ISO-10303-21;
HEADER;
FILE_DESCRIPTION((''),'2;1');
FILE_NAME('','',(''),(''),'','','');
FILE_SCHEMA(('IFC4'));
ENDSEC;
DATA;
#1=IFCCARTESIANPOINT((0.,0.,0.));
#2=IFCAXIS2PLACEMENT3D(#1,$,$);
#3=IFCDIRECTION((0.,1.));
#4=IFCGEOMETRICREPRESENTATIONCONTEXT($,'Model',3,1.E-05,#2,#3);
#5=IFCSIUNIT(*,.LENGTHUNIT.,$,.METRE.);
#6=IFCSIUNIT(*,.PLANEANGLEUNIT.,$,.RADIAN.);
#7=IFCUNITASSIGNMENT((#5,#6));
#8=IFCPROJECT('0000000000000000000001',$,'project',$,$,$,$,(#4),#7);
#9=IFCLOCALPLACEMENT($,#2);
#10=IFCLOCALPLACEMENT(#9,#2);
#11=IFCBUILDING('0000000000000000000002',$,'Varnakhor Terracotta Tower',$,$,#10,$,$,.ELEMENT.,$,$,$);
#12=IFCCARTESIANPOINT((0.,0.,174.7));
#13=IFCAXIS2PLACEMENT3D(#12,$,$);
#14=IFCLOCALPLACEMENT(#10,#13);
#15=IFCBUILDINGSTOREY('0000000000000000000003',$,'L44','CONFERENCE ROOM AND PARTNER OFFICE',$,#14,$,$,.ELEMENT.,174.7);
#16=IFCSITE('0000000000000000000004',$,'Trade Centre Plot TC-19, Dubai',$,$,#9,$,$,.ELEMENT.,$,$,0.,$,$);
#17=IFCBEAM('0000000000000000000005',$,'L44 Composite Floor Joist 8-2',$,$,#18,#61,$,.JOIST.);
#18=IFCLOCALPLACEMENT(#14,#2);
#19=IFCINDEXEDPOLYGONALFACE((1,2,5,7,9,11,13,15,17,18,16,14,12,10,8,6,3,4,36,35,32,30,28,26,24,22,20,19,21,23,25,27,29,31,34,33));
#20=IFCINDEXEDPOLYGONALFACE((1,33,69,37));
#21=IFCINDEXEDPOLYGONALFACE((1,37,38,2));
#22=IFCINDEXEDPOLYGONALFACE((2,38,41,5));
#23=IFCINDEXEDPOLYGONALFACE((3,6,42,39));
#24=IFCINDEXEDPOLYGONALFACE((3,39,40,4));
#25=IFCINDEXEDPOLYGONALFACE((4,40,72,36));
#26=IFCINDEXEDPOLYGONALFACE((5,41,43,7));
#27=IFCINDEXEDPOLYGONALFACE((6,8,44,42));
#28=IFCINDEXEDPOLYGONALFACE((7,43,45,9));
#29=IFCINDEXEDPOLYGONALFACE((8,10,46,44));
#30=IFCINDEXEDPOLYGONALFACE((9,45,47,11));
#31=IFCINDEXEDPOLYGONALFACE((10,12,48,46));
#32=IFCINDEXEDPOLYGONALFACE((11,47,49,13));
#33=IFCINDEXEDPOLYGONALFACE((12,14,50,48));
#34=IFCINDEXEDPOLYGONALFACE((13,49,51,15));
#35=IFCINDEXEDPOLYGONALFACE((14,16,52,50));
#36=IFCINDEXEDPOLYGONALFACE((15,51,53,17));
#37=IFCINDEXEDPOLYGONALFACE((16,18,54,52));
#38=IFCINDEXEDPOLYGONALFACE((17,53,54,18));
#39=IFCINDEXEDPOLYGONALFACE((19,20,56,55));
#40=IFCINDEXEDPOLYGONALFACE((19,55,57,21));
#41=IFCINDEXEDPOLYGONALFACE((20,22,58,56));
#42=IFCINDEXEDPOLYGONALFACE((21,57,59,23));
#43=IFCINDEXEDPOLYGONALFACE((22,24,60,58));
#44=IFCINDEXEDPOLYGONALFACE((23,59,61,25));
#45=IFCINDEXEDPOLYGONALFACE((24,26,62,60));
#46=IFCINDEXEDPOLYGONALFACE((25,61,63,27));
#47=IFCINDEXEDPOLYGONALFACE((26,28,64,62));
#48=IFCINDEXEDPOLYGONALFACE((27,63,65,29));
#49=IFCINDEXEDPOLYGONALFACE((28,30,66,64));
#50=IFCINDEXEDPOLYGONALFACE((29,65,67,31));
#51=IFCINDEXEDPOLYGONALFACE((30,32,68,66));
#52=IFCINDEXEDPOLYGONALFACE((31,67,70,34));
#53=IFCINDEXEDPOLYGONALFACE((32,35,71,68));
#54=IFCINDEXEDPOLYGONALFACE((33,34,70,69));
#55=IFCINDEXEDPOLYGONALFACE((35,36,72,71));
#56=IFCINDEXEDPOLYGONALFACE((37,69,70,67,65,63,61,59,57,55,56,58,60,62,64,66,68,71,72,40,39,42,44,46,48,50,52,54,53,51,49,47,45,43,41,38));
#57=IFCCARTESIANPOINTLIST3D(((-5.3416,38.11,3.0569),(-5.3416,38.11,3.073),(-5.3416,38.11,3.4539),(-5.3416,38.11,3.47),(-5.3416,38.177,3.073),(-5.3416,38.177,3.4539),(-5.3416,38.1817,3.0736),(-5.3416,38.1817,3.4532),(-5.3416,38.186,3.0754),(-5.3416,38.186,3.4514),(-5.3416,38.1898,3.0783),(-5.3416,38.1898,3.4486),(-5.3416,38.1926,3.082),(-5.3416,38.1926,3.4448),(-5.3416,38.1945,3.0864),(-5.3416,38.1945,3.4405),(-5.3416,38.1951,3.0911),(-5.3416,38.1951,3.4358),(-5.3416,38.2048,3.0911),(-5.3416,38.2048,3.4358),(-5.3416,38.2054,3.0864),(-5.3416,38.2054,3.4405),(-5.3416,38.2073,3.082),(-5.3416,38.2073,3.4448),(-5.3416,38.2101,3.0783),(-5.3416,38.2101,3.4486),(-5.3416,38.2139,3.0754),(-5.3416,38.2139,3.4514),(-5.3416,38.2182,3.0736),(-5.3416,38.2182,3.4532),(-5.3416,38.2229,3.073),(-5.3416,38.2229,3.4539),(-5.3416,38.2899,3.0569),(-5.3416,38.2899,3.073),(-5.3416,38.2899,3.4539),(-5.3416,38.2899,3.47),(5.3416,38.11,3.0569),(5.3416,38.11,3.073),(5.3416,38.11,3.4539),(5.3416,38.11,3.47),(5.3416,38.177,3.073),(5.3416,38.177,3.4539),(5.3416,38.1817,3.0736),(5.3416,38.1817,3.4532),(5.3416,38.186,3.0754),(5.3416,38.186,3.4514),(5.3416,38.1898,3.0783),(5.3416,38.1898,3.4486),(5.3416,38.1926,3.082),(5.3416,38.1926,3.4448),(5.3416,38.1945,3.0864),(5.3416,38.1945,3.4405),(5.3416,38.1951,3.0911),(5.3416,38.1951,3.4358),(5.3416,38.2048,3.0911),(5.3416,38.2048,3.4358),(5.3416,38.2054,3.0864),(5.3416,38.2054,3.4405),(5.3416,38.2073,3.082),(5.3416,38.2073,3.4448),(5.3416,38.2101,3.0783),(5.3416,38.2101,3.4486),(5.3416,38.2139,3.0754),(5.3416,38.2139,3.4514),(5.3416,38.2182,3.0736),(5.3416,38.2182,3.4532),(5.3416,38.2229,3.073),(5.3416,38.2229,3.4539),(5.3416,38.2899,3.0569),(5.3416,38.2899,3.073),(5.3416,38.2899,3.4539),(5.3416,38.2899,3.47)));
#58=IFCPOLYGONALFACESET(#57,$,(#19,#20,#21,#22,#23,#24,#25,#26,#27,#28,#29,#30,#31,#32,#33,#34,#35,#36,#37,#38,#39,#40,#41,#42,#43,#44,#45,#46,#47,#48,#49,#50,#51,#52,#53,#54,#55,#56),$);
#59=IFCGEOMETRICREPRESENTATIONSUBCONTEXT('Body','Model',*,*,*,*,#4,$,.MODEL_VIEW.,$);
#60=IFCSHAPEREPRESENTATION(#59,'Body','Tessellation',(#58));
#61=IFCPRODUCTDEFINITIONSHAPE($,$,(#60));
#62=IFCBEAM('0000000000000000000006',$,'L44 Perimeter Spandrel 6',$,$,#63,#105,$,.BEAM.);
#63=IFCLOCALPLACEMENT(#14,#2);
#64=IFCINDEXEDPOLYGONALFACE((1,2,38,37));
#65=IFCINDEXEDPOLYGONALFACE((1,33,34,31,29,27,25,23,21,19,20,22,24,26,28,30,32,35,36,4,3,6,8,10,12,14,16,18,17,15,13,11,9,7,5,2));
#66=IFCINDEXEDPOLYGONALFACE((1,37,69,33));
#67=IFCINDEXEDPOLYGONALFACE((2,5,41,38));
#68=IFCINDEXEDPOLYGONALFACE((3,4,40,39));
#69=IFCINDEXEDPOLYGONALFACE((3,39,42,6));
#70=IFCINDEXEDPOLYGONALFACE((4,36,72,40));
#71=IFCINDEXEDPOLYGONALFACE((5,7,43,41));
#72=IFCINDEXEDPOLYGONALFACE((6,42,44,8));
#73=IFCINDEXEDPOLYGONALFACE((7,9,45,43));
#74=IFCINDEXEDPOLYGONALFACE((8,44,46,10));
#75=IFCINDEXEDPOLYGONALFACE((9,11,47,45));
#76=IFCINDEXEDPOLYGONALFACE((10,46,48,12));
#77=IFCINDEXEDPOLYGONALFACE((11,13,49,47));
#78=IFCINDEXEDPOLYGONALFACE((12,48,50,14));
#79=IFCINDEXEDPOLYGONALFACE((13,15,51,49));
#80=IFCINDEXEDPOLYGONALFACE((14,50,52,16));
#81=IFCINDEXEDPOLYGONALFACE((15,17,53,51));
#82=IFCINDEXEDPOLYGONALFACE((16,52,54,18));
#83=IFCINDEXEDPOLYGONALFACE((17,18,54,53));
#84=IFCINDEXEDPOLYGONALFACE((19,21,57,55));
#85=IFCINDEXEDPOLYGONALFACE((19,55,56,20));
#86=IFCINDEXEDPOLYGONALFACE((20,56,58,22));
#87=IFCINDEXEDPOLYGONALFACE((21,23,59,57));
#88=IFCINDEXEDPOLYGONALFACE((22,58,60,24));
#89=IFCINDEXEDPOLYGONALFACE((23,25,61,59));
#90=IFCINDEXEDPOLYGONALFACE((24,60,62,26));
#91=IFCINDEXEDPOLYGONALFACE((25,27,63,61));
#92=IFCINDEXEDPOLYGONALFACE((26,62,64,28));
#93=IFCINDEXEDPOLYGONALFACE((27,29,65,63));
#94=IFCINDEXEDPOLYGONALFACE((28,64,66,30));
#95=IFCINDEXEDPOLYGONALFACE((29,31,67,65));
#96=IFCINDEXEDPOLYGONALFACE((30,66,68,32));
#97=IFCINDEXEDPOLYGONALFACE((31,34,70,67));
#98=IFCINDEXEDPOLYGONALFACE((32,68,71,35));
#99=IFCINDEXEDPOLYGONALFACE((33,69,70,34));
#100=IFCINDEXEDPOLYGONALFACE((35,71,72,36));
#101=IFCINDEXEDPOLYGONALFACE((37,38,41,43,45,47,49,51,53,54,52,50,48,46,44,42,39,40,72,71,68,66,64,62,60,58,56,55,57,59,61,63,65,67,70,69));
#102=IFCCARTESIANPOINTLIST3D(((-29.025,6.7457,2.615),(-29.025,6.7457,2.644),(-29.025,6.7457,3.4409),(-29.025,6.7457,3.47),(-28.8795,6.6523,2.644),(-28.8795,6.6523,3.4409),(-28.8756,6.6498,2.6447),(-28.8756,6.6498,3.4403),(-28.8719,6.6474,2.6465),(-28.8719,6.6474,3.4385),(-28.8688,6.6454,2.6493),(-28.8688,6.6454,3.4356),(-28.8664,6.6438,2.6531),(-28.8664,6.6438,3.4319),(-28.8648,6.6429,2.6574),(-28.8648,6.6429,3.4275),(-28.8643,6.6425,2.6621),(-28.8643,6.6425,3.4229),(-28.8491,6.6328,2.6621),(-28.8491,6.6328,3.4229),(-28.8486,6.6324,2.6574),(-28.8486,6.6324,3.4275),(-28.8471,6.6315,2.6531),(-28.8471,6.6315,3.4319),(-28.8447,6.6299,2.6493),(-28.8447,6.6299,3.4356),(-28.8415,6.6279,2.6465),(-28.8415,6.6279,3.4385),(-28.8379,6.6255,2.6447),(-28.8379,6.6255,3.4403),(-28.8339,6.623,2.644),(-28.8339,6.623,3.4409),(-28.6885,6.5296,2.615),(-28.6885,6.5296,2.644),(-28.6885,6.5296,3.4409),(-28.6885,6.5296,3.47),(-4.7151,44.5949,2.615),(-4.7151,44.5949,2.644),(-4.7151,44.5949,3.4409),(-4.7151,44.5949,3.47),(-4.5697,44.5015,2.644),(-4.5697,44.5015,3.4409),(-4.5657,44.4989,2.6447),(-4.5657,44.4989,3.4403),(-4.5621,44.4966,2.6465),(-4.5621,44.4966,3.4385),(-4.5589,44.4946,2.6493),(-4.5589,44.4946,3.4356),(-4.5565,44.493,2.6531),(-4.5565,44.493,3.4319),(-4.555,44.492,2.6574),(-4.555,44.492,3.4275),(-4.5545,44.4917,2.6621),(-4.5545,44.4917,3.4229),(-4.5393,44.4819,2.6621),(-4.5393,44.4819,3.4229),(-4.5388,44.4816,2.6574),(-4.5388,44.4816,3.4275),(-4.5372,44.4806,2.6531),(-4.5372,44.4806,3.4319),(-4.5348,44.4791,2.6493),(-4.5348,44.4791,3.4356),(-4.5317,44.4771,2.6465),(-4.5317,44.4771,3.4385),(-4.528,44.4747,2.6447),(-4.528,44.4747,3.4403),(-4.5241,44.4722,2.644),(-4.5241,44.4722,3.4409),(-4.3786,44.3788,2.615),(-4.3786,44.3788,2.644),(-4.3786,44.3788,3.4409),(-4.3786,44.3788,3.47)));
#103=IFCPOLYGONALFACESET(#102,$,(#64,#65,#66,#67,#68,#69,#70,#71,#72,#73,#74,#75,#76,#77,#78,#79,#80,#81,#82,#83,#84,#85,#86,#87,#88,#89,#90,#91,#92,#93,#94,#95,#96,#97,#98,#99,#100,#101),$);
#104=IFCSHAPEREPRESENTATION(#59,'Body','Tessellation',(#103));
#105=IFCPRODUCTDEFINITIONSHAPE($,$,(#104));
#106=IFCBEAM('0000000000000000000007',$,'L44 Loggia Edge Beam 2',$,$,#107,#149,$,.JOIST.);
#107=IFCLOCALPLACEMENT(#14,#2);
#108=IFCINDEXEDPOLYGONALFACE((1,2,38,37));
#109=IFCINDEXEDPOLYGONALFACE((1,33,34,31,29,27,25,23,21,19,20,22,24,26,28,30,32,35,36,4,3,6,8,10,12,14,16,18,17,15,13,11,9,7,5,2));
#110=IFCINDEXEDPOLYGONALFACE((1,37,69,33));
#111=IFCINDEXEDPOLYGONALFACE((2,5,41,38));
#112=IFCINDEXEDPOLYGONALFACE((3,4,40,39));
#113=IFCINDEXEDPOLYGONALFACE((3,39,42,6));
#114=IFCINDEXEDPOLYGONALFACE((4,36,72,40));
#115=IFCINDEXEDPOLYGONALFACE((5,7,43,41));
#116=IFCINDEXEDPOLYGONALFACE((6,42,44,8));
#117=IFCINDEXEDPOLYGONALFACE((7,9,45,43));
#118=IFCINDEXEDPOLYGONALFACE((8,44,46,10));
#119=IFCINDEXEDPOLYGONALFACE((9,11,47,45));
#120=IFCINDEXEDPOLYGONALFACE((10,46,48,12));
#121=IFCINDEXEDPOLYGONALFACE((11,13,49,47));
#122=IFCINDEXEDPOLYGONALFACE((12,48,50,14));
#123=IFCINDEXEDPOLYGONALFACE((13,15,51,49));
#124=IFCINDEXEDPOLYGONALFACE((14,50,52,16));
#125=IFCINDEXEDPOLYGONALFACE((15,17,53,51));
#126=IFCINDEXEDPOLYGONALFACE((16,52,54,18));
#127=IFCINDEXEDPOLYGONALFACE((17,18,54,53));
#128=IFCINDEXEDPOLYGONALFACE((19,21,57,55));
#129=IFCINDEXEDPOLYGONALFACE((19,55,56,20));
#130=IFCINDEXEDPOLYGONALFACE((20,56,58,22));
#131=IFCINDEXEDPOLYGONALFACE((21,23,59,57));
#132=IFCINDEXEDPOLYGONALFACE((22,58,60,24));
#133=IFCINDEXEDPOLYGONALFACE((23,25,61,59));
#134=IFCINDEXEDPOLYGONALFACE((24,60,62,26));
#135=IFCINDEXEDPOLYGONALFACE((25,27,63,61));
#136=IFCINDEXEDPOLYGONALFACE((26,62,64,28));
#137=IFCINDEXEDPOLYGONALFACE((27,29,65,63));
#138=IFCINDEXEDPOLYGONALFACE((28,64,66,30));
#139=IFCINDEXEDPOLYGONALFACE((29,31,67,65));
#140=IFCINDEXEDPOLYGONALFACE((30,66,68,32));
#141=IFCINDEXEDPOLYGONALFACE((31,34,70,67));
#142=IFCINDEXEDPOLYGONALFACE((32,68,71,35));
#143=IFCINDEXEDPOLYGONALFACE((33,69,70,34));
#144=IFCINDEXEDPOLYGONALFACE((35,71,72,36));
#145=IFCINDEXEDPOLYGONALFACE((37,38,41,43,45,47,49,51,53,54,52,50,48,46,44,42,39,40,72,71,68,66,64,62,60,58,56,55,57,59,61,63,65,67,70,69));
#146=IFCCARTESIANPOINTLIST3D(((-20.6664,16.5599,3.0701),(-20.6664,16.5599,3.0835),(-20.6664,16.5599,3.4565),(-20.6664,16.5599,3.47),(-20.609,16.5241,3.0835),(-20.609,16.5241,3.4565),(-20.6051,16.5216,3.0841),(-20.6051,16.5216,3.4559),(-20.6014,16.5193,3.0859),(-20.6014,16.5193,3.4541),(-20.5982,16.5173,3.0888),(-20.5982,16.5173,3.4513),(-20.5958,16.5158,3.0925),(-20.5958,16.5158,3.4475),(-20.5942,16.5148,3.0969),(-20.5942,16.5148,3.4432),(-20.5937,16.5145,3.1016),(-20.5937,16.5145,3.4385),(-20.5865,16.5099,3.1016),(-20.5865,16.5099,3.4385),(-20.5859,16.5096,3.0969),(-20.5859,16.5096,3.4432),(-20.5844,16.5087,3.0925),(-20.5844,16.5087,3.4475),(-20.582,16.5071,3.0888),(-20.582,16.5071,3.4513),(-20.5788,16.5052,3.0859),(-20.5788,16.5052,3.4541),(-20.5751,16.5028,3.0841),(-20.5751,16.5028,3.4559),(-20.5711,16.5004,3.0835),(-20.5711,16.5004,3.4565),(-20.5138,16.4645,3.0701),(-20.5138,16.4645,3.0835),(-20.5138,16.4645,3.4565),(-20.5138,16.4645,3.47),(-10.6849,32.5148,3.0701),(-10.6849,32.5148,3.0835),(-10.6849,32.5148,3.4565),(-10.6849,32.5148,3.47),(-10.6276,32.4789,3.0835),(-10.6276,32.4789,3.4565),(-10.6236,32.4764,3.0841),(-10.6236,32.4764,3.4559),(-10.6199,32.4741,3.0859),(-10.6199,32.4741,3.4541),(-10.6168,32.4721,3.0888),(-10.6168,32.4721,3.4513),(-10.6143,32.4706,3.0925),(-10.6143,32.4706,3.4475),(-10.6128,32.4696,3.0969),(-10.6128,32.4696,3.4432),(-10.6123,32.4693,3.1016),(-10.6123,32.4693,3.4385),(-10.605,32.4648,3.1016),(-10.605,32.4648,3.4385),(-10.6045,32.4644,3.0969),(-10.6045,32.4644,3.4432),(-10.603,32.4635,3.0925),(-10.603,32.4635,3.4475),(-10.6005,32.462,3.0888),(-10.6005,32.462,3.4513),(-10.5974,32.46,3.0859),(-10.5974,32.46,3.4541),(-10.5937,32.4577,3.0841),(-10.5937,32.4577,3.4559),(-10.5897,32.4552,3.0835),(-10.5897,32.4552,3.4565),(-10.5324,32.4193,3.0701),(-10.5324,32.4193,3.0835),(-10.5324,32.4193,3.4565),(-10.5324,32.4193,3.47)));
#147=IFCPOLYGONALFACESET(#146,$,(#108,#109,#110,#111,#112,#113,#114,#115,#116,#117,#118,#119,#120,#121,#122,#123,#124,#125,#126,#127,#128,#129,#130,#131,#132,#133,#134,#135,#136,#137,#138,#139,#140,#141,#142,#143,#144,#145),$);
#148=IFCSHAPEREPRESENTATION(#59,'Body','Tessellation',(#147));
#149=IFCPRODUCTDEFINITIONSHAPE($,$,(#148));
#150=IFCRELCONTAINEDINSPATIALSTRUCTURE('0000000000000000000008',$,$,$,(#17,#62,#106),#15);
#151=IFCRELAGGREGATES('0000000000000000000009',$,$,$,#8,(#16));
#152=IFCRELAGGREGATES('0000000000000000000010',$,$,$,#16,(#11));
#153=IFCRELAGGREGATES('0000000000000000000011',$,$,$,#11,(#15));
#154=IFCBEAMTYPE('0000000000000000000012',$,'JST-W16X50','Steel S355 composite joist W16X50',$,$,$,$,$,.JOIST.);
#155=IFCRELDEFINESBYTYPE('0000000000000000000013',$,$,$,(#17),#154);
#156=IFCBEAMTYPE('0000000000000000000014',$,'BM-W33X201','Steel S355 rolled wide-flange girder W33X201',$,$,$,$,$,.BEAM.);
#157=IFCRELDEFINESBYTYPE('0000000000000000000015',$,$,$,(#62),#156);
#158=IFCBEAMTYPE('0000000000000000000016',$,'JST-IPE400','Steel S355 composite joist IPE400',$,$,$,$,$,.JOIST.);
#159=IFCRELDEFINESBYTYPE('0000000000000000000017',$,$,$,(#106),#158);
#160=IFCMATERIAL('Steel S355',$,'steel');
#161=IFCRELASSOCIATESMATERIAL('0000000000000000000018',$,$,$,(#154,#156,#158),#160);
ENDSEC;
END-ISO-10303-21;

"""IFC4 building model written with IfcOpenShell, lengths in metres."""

from ifc_helpers import new_model, si_unit, direction, frame, origin, origin_2d, place, context, subcontext, project, spatial, i_section, extrude, source, transform, mapped, material, material_profile, profile_set, type_object, element, save


model = new_model("IFC4")

# Units and contexts
model_context = context("Model", 3, precision=1e-05, world=origin(), true_north=direction((0.0, 1.0)))
body_context = subcontext(model_context, "Body", "Model", "MODEL_VIEW")
ifc_project = project(units=[si_unit("LENGTHUNIT", "METRE"), si_unit("PLANEANGLEUNIT", "RADIAN")], contexts=[model_context])

# Site, building, storey
site_placement = place(None, origin())
site = spatial("IfcSite", under=ifc_project, at=site_placement, Name="Trade Centre Plot TC-19, Dubai", CompositionType="ELEMENT", RefElevation=0.0)
building_placement = place(site_placement, origin())
building = spatial("IfcBuilding", under=site, at=building_placement, Name="Varnakhor Terracotta Tower", CompositionType="ELEMENT")
storey_placement = place(building_placement, frame((0.0, 0.0, 174.7)))
storey = spatial("IfcBuildingStorey", under=building, at=storey_placement, Name="L44", Description="CONFERENCE ROOM AND PARTNER OFFICE", CompositionType="ELEMENT", Elevation=174.7)

# Beams
ifc_material_1 = material(Name="Steel S355", Category="steel")
ifc_material_profile_1 = material_profile(ifc_material_1, i_section(OverallWidth=0.1799, OverallDepth=0.4131, WebThickness=0.0098, FlangeThickness=0.0161, FilletRadius=0.0181, at=origin_2d()), Name="W16X50")
ifc_profile_set_1 = profile_set([ifc_material_profile_1], Name="Steel S355")
beam_type_1 = type_object("IfcBeamType", Name="JST-W16X50", Description="Steel S355 composite joist W16X50", PredefinedType="JOIST", material=ifc_profile_set_1)
shared_shape_1 = source(origin(), body_context, "Body", "SweptSolid", [
    extrude(i_section(OverallWidth=0.1799, OverallDepth=0.4131, WebThickness=0.0098, FlangeThickness=0.0161, FilletRadius=0.0181, at=origin_2d()), origin(), (0.0, 0.0, 1.0), 10.6831),
])
for number, where, z_axis, x_axis, name in (
    (1, (-5.3416, 38.2, 3.2634), (1.0, 0.0, 0.0), (0.0, 1.0, 0.0), "L44 Composite Floor Joist 8-2"),
):
    element("IfcBeam", number, at=place(storey_placement, frame(where, z_axis=z_axis, x_axis=x_axis)), inside=storey, type_object=beam_type_1, Name=name, PredefinedType="JOIST", context=body_context, shape_type="MappedRepresentation", body=[
        mapped(shared_shape_1, transform((0.0, 0.0, 0.0), scale=1.0)),
    ])
ifc_material_profile_2 = material_profile(ifc_material_1, i_section(OverallWidth=0.3999, OverallDepth=0.855, WebThickness=0.0181, FlangeThickness=0.0291, FilletRadius=0.0181, at=origin_2d()), Name="W33X201")
ifc_profile_set_2 = profile_set([ifc_material_profile_2], Name="Steel S355")
beam_type_2 = type_object("IfcBeamType", Name="BM-W33X201", Description="Steel S355 rolled wide-flange girder W33X201", PredefinedType="BEAM", material=ifc_profile_set_2)
shared_shape_2 = source(origin(), body_context, "Body", "SweptSolid", [
    extrude(i_section(OverallWidth=0.3999, OverallDepth=0.855, WebThickness=0.0181, FlangeThickness=0.0291, FilletRadius=0.0181, at=origin_2d()), origin(), (0.0, 0.0, 1.0), 44.9836),
])
beam_1_placement = place(storey_placement, frame((-4.5469, 44.4868, 3.0425), z_axis=(-0.540415, -0.841398, 0.0), x_axis=(0.841398, -0.540415, 0.0)))
element("IfcBeam", 2, at=beam_1_placement, inside=storey, type_object=beam_type_2, Name="L44 Perimeter Spandrel 6", PredefinedType="BEAM", context=body_context, shape_type="MappedRepresentation", body=[
    mapped(shared_shape_2, transform((0.0, 0.0, 0.0), scale=1.0)),
])
ifc_material_profile_3 = material_profile(ifc_material_1, i_section(OverallWidth=0.1799, OverallDepth=0.3999, WebThickness=0.0085, FlangeThickness=0.0134, FilletRadius=0.0181, at=origin_2d()), Name="IPE400")
ifc_profile_set_3 = profile_set([ifc_material_profile_3], Name="Steel S355")
beam_type_3 = type_object("IfcBeamType", Name="JST-IPE400", Description="Steel S355 composite joist IPE400", PredefinedType="JOIST", material=ifc_profile_set_3)
shared_shape_3 = source(origin(), body_context, "Body", "SweptSolid", [
    extrude(i_section(OverallWidth=0.1799, OverallDepth=0.3999, WebThickness=0.0085, FlangeThickness=0.0134, FilletRadius=0.0181, at=origin_2d()), origin(), (0.0, 0.0, 1.0), 18.8198),
])
beam_2_placement = place(storey_placement, frame((-10.6086, 32.467, 3.27), z_axis=(-0.530369, -0.847767, 0.0), x_axis=(0.847767, -0.530369, 0.0)))
element("IfcBeam", 3, at=beam_2_placement, inside=storey, type_object=beam_type_3, Name="L44 Loggia Edge Beam 2", PredefinedType="JOIST", context=body_context, shape_type="MappedRepresentation", body=[
    mapped(shared_shape_3, transform((0.0, 0.0, 0.0), scale=1.0)),
])

save(model, "model.ifc")
